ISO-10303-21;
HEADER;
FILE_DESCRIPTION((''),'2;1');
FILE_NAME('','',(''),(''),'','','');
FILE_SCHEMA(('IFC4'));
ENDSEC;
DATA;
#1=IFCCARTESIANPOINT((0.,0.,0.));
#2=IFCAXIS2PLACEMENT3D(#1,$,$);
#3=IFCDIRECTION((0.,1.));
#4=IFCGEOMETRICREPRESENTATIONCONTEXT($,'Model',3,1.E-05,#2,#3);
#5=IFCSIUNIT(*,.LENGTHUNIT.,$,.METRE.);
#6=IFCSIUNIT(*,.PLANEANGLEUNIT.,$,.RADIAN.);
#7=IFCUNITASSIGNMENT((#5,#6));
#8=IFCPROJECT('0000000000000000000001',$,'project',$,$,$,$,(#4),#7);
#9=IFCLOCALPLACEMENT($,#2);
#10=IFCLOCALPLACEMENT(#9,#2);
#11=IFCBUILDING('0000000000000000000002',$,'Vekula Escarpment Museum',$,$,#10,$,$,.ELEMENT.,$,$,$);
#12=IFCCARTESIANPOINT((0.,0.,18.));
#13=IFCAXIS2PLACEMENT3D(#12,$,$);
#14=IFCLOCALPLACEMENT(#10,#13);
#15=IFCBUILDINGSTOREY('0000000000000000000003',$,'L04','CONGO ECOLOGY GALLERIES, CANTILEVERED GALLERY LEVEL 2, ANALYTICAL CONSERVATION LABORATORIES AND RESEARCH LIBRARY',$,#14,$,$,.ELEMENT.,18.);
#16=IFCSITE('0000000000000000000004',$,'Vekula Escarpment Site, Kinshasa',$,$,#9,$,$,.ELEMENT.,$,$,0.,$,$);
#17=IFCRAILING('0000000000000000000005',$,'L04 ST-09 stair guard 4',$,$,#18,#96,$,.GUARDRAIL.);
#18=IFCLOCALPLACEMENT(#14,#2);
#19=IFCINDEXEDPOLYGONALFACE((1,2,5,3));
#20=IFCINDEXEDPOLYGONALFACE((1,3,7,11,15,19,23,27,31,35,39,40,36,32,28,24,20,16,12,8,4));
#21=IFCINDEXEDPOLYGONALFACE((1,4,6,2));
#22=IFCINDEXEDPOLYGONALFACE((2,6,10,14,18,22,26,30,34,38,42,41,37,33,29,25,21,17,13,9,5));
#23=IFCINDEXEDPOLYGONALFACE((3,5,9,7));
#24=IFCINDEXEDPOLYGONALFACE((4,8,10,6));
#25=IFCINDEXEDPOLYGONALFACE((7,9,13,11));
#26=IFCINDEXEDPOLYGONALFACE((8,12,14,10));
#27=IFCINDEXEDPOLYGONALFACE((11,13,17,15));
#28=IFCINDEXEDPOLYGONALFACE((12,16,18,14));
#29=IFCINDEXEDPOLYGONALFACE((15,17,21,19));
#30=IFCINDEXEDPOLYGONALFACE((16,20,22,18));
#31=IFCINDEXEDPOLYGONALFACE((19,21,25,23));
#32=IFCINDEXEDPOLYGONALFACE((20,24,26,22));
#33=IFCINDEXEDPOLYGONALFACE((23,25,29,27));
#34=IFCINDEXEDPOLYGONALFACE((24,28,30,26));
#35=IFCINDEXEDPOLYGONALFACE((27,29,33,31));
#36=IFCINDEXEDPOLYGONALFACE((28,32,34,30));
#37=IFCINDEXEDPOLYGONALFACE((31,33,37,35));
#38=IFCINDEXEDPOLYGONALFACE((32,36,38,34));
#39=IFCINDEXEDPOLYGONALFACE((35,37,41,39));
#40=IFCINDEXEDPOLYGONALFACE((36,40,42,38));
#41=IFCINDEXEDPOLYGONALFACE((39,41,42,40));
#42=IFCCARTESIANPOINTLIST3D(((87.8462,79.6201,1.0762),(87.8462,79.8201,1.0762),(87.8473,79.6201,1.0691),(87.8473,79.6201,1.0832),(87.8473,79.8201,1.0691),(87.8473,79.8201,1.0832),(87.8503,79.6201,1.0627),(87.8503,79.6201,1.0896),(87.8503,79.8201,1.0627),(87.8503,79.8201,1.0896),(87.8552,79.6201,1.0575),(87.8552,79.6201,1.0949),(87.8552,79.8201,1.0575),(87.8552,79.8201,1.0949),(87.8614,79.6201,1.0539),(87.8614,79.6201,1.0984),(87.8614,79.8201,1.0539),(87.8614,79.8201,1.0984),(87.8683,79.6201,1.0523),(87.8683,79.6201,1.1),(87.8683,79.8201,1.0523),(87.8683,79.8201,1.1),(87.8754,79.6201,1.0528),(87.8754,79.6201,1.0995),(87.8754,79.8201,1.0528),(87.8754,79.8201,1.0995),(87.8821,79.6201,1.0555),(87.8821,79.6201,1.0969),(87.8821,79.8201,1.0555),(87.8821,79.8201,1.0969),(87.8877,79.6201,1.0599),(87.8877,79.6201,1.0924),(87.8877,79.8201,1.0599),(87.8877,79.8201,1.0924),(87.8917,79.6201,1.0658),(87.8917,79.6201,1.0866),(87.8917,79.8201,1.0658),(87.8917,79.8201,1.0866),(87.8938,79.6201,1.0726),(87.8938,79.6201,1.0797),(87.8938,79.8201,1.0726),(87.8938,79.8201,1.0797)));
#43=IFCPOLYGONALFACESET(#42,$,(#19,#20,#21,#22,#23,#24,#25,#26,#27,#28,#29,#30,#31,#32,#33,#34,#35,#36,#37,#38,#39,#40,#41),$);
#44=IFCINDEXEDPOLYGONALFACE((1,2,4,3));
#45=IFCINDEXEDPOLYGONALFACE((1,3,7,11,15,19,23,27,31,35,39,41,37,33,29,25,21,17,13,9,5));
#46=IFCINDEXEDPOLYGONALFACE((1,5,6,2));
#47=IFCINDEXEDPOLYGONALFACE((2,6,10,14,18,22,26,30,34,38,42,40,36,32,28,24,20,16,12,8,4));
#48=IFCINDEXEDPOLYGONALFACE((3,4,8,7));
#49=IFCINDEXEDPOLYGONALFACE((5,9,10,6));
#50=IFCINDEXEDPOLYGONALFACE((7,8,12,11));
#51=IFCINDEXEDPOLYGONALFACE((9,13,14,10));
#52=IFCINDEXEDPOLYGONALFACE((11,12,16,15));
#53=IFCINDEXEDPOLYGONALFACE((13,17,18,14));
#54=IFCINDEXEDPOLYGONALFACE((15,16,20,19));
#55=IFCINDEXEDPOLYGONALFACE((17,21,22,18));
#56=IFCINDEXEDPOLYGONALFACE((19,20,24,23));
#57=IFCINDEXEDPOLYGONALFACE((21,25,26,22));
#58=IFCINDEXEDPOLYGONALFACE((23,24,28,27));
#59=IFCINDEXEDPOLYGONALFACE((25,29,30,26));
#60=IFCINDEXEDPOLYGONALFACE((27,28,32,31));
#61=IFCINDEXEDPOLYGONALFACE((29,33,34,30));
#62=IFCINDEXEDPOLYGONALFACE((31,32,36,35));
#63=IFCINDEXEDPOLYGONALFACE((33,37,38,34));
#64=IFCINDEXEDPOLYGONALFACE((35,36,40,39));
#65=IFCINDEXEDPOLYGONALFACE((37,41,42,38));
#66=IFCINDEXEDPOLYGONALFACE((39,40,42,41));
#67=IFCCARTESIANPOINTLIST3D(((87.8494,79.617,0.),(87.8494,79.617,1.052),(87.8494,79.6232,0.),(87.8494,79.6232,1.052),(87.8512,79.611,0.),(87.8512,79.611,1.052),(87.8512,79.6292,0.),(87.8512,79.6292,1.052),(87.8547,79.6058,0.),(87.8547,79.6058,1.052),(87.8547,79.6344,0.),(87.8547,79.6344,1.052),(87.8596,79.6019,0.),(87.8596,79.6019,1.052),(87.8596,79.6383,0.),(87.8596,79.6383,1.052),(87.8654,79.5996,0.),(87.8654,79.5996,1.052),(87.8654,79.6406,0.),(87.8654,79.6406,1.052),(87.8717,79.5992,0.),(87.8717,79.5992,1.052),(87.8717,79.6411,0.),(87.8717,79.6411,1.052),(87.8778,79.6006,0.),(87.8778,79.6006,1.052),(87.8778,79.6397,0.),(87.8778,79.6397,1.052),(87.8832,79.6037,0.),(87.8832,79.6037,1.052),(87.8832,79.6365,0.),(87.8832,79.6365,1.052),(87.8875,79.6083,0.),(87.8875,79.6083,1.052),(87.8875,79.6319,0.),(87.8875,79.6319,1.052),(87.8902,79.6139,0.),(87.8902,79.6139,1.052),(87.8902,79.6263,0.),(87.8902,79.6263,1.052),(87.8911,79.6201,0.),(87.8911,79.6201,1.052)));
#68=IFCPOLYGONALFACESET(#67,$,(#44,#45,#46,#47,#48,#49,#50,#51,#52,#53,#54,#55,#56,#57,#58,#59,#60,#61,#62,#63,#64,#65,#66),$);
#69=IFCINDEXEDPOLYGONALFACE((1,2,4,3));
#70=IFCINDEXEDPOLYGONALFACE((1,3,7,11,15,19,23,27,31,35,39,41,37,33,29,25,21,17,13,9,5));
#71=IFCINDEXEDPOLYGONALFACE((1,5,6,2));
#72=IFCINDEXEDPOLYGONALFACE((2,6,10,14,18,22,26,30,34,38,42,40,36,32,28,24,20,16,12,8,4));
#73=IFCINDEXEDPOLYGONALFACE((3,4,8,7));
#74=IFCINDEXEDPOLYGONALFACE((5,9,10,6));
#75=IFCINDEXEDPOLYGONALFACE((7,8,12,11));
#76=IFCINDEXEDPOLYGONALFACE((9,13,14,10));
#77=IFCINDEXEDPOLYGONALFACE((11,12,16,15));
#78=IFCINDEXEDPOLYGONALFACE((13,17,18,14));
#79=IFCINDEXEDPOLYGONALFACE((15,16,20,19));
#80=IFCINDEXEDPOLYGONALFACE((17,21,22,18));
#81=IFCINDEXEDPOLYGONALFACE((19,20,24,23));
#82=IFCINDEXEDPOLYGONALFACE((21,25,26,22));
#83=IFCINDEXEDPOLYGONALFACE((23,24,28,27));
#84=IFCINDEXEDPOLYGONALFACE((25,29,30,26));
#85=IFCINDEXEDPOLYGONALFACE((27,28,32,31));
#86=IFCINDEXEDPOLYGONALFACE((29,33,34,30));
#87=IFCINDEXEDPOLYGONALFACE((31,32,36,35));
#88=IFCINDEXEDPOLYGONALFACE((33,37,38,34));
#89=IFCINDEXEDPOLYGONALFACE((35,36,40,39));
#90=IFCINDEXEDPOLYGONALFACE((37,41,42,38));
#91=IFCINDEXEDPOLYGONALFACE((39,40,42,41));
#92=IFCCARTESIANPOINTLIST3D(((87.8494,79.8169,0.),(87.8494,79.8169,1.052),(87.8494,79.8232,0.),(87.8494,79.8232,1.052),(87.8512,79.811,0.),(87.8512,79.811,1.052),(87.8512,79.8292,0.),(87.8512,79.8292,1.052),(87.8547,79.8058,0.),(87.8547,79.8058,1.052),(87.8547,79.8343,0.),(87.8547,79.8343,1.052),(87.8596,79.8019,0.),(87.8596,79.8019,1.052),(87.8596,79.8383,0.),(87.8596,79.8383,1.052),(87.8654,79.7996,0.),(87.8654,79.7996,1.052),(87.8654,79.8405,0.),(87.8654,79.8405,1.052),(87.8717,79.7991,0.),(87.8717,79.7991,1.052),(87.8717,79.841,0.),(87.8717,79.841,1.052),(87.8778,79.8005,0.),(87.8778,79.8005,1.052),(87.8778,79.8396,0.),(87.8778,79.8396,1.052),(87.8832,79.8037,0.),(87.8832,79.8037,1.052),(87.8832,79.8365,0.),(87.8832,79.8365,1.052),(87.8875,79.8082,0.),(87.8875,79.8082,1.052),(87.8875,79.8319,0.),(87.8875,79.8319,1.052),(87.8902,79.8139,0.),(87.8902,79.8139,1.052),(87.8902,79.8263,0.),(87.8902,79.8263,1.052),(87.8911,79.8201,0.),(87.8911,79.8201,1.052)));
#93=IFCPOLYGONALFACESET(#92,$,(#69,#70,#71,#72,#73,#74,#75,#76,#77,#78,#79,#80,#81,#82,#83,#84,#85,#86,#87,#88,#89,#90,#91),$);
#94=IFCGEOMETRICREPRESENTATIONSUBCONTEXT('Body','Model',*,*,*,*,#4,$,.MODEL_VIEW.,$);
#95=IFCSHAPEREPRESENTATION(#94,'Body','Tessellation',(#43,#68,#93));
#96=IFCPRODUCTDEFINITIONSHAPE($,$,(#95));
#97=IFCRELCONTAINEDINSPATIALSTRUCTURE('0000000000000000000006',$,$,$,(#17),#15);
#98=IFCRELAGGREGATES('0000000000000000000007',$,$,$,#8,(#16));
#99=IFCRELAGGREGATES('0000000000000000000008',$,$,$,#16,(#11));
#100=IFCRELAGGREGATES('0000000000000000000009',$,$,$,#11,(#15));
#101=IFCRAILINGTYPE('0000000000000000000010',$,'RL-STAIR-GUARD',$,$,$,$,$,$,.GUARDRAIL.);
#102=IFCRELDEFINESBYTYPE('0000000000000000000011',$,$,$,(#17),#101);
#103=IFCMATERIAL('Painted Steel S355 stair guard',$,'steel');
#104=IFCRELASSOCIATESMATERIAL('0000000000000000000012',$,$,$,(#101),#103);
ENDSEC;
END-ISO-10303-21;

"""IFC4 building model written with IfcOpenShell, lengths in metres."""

from ifc_helpers import new_model, si_unit, direction, frame, origin, origin_2d, place, context, subcontext, project, spatial, circle, extrude, material, type_object, element, save


model = new_model("IFC4")

# Units and contexts
model_context = context("Model", 3, precision=1e-05, world=origin(), true_north=direction((0.0, 1.0)))
body_context = subcontext(model_context, "Body", "Model", "MODEL_VIEW")
ifc_project = project(units=[si_unit("LENGTHUNIT", "METRE"), si_unit("PLANEANGLEUNIT", "RADIAN")], contexts=[model_context])

# Site, building, storey
site_placement = place(None, origin())
site = spatial("IfcSite", under=ifc_project, at=site_placement, Name="Vekula Escarpment Site, Kinshasa", CompositionType="ELEMENT", RefElevation=0.0)
building_placement = place(site_placement, origin())
building = spatial("IfcBuilding", under=site, at=building_placement, Name="Vekula Escarpment Museum", CompositionType="ELEMENT")
storey_placement = place(building_placement, frame((0.0, 0.0, 18.0)))
storey = spatial("IfcBuildingStorey", under=building, at=storey_placement, Name="L04", Description="CONGO ECOLOGY GALLERIES, CANTILEVERED GALLERY LEVEL 2, ANALYTICAL CONSERVATION LABORATORIES AND RESEARCH LIBRARY", CompositionType="ELEMENT", Elevation=18.0)

# Railing
ifc_material_1 = material(Name="Painted Steel S355 stair guard", Category="steel")
railing_type_1 = type_object("IfcRailingType", Name="RL-STAIR-GUARD", PredefinedType="GUARDRAIL", material=ifc_material_1)
railing_1_placement = place(storey_placement, frame((87.8701, 79.6201, 0.0)))
element("IfcRailing", 1, at=railing_1_placement, inside=storey, type_object=railing_type_1, Name="L04 ST-09 stair guard 4", PredefinedType="GUARDRAIL", context=body_context, shape_type="SweptSolid", body=[
    extrude(circle(Radius=0.0239, at=origin_2d()), frame((0.0, 0.0, 1.0762), z_axis=(0.0, 1.0, 0.0), x_axis=(-1.0, 0.0, 0.0)), (0.0, 0.0, 1.0), 0.2),
    extrude(circle(Radius=0.021, at=origin_2d()), origin(), (0.0, 0.0, 1.0), 1.052),
    extrude(circle(Radius=0.021, at=origin_2d()), frame((0.0, 0.2, 0.0)), (0.0, 0.0, 1.0), 1.052),
])

save(model, "model.ifc")
